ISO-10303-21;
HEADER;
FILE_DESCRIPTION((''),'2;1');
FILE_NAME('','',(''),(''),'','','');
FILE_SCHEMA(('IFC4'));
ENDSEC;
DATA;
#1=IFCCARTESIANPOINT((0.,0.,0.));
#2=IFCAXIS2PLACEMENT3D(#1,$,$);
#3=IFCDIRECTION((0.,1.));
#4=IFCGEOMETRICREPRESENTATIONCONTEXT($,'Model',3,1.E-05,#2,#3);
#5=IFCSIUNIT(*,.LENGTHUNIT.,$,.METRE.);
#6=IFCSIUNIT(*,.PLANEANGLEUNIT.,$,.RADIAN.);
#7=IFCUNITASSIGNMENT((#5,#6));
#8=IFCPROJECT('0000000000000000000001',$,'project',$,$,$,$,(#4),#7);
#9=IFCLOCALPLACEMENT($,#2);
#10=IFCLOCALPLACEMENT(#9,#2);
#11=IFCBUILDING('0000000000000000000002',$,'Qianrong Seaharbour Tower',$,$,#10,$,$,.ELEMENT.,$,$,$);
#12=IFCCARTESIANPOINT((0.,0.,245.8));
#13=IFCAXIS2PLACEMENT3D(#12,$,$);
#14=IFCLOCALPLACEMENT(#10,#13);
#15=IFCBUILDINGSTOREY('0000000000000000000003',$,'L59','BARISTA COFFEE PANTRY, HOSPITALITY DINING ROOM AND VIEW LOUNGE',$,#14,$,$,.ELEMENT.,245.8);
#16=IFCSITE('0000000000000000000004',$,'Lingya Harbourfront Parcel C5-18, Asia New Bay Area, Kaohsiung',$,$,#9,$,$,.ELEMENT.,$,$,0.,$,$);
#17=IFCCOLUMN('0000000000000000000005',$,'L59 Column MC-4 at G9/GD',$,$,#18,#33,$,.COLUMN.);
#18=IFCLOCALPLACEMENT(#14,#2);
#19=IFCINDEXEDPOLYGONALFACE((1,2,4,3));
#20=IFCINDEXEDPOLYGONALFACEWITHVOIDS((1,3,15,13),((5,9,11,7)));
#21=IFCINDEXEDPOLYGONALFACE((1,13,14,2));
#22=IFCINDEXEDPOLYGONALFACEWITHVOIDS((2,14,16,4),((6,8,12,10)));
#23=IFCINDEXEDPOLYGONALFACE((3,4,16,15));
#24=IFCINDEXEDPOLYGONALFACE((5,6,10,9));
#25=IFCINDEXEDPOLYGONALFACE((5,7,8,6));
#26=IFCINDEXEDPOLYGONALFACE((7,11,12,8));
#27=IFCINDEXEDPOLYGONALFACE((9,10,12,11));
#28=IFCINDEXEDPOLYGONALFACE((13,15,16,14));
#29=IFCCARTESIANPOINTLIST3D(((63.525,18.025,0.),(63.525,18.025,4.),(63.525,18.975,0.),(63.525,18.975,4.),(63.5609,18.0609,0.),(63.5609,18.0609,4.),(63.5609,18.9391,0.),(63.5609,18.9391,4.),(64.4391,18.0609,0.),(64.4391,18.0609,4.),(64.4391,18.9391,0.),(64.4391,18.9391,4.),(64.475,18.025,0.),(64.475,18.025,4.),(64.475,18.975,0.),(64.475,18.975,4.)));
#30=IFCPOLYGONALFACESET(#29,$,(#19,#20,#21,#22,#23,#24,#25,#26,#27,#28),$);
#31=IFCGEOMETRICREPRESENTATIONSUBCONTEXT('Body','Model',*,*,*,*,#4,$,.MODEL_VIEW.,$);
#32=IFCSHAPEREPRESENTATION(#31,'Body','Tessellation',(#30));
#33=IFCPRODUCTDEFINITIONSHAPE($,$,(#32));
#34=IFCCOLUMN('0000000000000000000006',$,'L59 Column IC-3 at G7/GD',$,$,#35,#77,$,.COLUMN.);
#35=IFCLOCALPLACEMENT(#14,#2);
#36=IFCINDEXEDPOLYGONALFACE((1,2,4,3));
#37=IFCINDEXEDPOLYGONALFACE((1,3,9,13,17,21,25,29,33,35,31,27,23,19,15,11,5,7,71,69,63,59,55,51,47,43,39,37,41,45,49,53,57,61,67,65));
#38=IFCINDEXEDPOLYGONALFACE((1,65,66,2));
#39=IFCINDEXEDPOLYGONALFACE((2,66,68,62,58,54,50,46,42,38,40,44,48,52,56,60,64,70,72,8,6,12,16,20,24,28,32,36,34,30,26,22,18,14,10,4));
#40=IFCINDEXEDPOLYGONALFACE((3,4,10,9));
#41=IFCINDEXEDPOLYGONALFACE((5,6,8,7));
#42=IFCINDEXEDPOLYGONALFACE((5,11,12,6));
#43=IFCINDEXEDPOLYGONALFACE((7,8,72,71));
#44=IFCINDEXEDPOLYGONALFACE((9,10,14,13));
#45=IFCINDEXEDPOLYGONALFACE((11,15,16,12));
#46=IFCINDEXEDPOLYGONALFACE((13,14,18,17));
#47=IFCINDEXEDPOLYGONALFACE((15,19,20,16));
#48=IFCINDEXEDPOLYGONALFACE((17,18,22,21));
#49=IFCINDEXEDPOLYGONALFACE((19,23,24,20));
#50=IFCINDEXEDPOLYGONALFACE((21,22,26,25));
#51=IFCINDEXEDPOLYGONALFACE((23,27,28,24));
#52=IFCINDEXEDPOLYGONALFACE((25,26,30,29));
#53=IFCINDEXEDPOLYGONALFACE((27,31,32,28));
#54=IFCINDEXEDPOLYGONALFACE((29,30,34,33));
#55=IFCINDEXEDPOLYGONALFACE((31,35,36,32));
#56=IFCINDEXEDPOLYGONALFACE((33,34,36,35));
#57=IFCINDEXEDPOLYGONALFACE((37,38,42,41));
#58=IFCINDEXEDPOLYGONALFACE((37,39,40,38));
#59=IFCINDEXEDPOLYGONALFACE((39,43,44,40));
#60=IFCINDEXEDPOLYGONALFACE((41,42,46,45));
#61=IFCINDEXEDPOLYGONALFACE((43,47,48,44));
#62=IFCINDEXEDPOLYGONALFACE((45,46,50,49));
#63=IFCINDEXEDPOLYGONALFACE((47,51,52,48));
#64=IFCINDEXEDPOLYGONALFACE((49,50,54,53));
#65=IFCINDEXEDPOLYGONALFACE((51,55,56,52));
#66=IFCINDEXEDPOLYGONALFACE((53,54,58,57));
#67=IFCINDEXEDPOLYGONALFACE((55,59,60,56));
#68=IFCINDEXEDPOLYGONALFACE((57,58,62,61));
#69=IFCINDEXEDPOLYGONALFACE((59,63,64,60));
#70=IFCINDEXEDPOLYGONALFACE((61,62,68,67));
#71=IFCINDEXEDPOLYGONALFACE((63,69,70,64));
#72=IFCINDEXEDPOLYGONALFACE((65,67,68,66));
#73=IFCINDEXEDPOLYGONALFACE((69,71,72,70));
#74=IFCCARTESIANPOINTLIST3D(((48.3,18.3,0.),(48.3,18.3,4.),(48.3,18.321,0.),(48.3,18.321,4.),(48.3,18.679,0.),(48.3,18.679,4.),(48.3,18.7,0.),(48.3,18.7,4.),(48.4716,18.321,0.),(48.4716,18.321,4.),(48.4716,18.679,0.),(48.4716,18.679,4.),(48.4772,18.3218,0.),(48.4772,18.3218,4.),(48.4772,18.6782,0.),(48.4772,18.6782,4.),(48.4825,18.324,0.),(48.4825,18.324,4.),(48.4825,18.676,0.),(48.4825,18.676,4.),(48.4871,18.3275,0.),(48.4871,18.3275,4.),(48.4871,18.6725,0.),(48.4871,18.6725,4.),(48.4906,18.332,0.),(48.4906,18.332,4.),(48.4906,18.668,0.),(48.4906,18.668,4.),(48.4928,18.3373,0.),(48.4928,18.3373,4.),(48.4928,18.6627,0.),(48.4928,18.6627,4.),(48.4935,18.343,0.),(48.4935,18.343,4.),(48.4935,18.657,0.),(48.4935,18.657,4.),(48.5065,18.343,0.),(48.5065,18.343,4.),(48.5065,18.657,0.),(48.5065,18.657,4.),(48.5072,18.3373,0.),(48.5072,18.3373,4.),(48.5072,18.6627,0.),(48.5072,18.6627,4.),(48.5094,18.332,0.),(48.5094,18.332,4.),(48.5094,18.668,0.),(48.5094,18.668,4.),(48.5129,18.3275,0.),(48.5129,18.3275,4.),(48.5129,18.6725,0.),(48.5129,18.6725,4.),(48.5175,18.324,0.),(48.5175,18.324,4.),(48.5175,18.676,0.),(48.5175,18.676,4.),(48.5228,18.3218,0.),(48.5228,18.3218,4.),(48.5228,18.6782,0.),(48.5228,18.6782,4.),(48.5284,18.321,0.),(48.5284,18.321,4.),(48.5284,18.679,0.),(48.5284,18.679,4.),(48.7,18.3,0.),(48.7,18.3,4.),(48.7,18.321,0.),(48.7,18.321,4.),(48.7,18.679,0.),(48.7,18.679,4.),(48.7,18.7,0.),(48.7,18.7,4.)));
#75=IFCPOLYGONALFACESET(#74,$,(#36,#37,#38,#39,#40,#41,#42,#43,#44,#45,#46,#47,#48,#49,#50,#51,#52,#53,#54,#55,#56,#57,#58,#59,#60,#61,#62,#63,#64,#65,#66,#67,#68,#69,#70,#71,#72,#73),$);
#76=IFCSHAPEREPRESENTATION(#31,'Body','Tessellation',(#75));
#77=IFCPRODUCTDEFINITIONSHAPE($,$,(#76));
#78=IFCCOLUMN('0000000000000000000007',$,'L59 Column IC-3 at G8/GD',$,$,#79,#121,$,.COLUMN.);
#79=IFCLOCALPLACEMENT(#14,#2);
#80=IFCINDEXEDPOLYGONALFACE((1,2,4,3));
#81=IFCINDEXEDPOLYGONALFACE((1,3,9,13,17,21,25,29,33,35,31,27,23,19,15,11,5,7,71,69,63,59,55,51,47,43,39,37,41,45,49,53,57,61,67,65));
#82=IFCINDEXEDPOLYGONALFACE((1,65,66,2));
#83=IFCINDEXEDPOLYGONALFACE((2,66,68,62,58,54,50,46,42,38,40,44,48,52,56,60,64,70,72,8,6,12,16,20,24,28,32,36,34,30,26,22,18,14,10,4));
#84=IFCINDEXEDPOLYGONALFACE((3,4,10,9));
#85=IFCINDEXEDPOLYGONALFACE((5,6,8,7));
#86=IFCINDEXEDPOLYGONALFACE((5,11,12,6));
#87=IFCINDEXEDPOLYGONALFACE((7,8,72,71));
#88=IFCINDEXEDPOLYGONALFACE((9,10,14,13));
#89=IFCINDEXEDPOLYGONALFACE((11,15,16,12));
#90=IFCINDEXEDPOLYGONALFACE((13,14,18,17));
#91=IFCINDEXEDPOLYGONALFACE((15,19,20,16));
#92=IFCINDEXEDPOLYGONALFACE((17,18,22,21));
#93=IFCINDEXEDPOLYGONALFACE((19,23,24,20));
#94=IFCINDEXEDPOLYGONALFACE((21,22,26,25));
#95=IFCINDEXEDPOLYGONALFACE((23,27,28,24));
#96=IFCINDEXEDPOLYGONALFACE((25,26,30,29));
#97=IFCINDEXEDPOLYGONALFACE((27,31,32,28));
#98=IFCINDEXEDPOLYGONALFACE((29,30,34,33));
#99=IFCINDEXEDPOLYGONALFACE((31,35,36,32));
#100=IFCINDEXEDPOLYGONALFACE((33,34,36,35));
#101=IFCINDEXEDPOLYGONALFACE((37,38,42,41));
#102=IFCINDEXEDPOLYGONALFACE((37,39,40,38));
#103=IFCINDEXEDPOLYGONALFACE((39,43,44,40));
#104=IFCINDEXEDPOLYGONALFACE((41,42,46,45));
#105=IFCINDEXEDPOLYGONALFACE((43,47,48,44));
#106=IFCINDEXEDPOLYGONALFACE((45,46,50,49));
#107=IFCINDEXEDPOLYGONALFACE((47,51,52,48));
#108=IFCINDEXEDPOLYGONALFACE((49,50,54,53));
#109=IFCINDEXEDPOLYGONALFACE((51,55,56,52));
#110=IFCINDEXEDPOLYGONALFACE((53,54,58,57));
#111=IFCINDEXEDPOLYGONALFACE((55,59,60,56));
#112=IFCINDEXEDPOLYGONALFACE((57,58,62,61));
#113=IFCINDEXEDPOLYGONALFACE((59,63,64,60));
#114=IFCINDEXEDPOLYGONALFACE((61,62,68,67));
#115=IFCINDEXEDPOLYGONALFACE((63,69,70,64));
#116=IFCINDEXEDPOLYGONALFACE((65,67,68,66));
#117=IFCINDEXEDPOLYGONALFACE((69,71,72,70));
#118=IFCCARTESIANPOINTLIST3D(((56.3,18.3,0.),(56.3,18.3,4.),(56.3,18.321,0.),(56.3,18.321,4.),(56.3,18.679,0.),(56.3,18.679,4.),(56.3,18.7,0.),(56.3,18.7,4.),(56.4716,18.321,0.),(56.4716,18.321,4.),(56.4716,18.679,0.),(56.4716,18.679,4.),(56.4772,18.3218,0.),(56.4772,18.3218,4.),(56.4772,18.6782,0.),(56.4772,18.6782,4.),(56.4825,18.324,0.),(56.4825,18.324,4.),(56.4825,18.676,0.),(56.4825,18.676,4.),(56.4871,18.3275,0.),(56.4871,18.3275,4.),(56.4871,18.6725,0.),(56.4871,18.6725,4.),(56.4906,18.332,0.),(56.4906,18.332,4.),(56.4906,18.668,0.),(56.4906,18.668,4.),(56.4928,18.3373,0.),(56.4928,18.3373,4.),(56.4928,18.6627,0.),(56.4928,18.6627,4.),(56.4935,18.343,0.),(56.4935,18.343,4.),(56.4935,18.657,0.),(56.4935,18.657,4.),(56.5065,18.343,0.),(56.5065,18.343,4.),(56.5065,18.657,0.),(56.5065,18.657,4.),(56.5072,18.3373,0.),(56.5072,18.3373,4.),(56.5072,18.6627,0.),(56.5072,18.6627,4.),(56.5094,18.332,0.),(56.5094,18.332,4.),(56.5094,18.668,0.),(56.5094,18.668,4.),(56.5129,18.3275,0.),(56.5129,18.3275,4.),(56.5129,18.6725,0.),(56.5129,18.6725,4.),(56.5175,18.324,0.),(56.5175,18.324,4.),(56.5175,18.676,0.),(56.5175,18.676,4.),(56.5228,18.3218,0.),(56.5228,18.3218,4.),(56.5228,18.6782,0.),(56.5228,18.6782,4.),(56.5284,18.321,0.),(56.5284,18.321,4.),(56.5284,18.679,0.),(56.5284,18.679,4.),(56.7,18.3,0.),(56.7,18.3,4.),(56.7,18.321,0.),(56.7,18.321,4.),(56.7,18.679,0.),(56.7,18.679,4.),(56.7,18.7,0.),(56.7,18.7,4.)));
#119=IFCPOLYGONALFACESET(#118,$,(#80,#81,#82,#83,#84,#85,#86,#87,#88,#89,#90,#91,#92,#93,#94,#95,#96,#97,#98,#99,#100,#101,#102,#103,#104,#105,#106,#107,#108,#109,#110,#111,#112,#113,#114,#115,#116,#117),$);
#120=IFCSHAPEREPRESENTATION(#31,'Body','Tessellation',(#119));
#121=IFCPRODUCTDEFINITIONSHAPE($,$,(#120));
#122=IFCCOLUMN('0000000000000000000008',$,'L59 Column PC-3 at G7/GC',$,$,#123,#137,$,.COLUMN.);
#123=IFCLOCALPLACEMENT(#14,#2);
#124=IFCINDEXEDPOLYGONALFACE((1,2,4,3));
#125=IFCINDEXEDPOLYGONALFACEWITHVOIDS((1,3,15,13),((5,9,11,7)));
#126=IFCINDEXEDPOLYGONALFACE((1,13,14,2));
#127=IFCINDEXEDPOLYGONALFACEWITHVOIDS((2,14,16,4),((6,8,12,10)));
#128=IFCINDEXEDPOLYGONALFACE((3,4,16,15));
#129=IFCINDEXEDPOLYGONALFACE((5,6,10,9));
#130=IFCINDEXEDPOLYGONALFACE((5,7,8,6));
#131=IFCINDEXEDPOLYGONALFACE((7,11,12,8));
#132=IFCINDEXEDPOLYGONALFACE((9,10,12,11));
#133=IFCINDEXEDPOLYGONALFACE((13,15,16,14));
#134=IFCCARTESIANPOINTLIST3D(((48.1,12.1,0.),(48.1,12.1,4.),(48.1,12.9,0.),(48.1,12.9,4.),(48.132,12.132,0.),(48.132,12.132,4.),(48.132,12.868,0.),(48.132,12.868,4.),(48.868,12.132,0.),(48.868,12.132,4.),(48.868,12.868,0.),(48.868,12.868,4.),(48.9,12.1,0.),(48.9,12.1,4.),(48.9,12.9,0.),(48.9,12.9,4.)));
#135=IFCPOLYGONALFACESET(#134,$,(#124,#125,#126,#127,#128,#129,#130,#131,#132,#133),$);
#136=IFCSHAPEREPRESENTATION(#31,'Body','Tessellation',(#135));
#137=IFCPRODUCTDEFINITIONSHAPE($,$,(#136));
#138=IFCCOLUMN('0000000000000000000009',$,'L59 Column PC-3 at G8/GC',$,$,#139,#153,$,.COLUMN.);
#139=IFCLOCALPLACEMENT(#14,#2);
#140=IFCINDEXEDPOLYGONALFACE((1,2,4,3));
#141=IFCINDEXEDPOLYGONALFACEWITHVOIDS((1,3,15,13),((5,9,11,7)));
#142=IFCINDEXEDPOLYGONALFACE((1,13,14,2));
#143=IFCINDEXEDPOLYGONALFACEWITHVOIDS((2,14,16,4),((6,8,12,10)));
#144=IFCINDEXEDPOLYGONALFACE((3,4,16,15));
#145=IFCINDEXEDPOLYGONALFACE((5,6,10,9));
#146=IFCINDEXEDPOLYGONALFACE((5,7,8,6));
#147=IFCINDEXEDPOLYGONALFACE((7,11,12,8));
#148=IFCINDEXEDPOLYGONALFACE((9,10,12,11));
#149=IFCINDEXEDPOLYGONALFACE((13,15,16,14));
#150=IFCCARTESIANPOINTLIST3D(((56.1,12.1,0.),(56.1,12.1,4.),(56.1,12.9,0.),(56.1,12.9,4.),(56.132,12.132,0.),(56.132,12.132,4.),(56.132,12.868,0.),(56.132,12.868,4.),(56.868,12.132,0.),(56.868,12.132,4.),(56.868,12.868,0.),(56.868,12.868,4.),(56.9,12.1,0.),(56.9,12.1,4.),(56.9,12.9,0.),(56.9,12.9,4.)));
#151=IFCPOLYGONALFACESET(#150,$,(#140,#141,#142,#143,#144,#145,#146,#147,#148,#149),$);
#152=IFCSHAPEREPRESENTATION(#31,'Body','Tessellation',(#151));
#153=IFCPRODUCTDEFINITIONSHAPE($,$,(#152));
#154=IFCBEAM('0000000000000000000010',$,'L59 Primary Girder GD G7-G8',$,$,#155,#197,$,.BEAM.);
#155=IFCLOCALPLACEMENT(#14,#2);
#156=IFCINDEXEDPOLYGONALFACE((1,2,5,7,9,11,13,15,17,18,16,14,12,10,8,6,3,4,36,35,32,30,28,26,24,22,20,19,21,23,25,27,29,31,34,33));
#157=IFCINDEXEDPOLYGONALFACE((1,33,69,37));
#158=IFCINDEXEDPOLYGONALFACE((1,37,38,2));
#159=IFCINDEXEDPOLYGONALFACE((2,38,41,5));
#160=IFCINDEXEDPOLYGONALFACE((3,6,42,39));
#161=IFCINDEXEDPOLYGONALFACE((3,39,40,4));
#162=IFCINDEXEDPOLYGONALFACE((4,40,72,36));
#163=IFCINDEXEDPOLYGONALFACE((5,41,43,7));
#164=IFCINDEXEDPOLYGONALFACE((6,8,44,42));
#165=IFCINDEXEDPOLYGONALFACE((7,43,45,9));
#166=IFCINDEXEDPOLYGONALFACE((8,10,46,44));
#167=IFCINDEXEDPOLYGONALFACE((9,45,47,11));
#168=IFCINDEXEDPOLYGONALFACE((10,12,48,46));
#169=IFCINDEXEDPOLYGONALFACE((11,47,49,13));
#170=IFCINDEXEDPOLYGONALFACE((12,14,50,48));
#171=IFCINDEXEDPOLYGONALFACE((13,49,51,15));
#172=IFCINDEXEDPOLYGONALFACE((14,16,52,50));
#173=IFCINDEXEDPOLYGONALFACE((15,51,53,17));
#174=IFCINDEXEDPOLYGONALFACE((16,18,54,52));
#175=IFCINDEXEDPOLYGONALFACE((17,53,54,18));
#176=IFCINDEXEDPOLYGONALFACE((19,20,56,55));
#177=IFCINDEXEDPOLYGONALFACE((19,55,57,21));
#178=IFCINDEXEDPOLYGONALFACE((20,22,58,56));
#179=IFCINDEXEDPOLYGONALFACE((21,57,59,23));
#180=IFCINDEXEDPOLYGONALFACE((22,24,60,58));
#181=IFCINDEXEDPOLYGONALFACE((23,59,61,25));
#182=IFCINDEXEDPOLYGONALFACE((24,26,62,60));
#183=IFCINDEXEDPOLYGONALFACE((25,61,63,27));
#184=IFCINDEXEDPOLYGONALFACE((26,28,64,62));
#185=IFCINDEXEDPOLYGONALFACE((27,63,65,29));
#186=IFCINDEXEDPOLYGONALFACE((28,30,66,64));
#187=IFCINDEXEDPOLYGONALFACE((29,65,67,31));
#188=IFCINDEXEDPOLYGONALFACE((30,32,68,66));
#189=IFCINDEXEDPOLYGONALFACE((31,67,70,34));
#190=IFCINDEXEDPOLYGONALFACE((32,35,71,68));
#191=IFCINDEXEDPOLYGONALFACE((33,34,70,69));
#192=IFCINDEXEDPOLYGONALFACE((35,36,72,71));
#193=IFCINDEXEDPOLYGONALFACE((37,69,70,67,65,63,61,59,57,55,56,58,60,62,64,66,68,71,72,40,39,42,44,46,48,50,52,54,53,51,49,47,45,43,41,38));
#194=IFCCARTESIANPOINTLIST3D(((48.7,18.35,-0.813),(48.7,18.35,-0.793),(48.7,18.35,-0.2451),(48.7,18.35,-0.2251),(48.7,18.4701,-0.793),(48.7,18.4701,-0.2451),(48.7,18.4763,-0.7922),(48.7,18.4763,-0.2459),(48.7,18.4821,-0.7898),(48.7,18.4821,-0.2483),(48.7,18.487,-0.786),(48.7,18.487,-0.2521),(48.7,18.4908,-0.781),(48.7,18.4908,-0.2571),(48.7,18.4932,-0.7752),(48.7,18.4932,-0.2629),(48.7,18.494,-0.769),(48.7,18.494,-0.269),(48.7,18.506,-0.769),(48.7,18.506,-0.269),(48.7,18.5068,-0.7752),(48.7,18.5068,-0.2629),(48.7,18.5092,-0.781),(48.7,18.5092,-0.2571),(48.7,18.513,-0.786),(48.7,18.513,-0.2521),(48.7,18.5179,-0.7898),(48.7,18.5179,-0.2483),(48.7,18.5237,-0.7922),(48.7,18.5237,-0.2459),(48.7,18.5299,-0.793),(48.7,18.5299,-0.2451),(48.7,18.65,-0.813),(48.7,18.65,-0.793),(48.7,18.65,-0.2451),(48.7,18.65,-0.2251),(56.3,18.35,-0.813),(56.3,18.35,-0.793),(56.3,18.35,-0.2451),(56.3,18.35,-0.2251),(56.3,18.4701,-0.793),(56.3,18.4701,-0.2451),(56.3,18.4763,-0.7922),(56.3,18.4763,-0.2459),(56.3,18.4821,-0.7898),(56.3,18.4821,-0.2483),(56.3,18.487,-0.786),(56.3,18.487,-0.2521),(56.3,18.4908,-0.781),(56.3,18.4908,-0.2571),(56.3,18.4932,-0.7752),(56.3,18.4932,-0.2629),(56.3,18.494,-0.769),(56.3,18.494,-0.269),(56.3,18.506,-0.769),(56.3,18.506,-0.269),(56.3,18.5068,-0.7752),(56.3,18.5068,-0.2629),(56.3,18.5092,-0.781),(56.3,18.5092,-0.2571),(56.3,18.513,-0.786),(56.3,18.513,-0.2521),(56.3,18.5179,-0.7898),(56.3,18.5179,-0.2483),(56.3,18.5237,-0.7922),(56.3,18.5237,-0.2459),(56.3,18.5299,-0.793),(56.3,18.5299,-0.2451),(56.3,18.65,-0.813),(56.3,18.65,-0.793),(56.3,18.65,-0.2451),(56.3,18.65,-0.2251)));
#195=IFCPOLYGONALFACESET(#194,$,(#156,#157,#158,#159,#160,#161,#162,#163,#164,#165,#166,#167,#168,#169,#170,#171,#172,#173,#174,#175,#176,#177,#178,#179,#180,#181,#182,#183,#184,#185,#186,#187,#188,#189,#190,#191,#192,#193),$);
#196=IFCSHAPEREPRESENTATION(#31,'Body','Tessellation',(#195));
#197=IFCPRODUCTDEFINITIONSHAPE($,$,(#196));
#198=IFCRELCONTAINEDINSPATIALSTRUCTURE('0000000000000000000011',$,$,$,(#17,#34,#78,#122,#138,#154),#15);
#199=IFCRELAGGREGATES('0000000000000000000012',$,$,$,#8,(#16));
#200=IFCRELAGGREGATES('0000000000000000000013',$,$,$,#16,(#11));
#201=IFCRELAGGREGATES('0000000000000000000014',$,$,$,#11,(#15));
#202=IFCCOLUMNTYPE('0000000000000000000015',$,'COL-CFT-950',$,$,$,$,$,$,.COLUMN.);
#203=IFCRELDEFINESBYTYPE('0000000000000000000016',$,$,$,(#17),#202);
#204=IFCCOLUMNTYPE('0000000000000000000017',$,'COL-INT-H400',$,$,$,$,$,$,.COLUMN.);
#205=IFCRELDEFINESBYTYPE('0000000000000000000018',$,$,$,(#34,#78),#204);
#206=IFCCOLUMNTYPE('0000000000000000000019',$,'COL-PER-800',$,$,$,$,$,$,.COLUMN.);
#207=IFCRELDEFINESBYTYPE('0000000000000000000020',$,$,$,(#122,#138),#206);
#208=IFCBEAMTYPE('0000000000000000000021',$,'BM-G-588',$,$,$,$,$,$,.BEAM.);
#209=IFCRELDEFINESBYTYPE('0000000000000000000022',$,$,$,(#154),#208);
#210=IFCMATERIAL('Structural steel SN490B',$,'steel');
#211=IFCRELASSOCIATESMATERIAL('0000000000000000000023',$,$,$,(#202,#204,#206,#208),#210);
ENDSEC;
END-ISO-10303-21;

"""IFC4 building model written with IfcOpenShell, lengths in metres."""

from ifc_helpers import new_model, si_unit, direction, frame, origin, origin_2d, place, context, subcontext, project, spatial, hollow_rectangle, i_section, extrude, material, material_profile, profile_set, type_object, element, save


model = new_model("IFC4")

# Units and contexts
model_context = context("Model", 3, precision=1e-05, world=origin(), true_north=direction((0.0, 1.0)))
body_context = subcontext(model_context, "Body", "Model", "MODEL_VIEW")
ifc_project = project(units=[si_unit("LENGTHUNIT", "METRE"), si_unit("PLANEANGLEUNIT", "RADIAN")], contexts=[model_context])

# Site, building, storey
site_placement = place(None, origin())
site = spatial("IfcSite", under=ifc_project, at=site_placement, Name="Lingya Harbourfront Parcel C5-18, Asia New Bay Area, Kaohsiung", CompositionType="ELEMENT", RefElevation=0.0)
building_placement = place(site_placement, origin())
building = spatial("IfcBuilding", under=site, at=building_placement, Name="Qianrong Seaharbour Tower", CompositionType="ELEMENT")
storey_placement = place(building_placement, frame((0.0, 0.0, 245.8)))
storey = spatial("IfcBuildingStorey", under=building, at=storey_placement, Name="L59", Description="BARISTA COFFEE PANTRY, HOSPITALITY DINING ROOM AND VIEW LOUNGE", CompositionType="ELEMENT", Elevation=245.8)

# Columns
ifc_material_1 = material(Name="Structural steel SN490B", Category="steel")
ifc_material_profile_1 = material_profile(ifc_material_1, hollow_rectangle(XDim=0.95, YDim=0.95, WallThickness=0.0359, at=origin_2d()), Name="BOX950x950x36")
ifc_profile_set_1 = profile_set([ifc_material_profile_1], Name="Structural steel SN490B")
column_type_1 = type_object("IfcColumnType", Name="COL-CFT-950", PredefinedType="COLUMN", material=ifc_profile_set_1)
column_placement = place(storey_placement, frame((64.0, 18.5, 0.0), z_axis=(0.0, 0.0, 1.0), x_axis=(1.0, 0.0, 0.0)))
element("IfcColumn", 1, at=column_placement, inside=storey, type_object=column_type_1, Name="L59 Column MC-4 at G9/GD", PredefinedType="COLUMN", context=body_context, shape_type="SweptSolid", body=[
    extrude(hollow_rectangle(XDim=0.95, YDim=0.95, WallThickness=0.0359, at=origin_2d()), origin(), (0.0, 0.0, 1.0), 4.0),
])
ifc_material_profile_2 = material_profile(ifc_material_1, i_section(OverallWidth=0.3999, OverallDepth=0.3999, WebThickness=0.0129, FlangeThickness=0.021, FilletRadius=0.022, at=origin_2d()), Name="H400x400x13x21")
ifc_profile_set_2 = profile_set([ifc_material_profile_2], Name="Structural steel SN490B")
column_type_2 = type_object("IfcColumnType", Name="COL-INT-H400", PredefinedType="COLUMN", material=ifc_profile_set_2)
for number, where, z_axis, x_axis, name in (
    (2, (48.5, 18.5, 0.0), (0.0, 0.0, 1.0), (1.0, 0.0, 0.0), "L59 Column IC-3 at G7/GD"),
    (3, (56.5, 18.5, 0.0), (0.0, 0.0, 1.0), (1.0, 0.0, 0.0), "L59 Column IC-3 at G8/GD"),
):
    element("IfcColumn", number, at=place(storey_placement, frame(where, z_axis=z_axis, x_axis=x_axis)), inside=storey, type_object=column_type_2, Name=name, PredefinedType="COLUMN", context=body_context, shape_type="SweptSolid", body=[
        extrude(i_section(OverallWidth=0.3999, OverallDepth=0.3999, WebThickness=0.0129, FlangeThickness=0.021, FilletRadius=0.022, at=origin_2d()), origin(), (0.0, 0.0, 1.0), 4.0),
    ])
ifc_material_profile_3 = material_profile(ifc_material_1, hollow_rectangle(XDim=0.8, YDim=0.8, WallThickness=0.032, at=origin_2d()), Name="BOX800x800x32")
ifc_profile_set_3 = profile_set([ifc_material_profile_3], Name="Structural steel SN490B")
column_type_3 = type_object("IfcColumnType", Name="COL-PER-800", PredefinedType="COLUMN", material=ifc_profile_set_3)
for number, where, z_axis, x_axis, name in (
    (4, (48.5, 12.5, 0.0), (0.0, 0.0, 1.0), (1.0, 0.0, 0.0), "L59 Column PC-3 at G7/GC"),
    (5, (56.5, 12.5, 0.0), (0.0, 0.0, 1.0), (1.0, 0.0, 0.0), "L59 Column PC-3 at G8/GC"),
):
    element("IfcColumn", number, at=place(storey_placement, frame(where, z_axis=z_axis, x_axis=x_axis)), inside=storey, type_object=column_type_3, Name=name, PredefinedType="COLUMN", context=body_context, shape_type="SweptSolid", body=[
        extrude(hollow_rectangle(XDim=0.8, YDim=0.8, WallThickness=0.032, at=origin_2d()), origin(), (0.0, 0.0, 1.0), 4.0),
    ])

# Beam
ifc_material_profile_4 = material_profile(ifc_material_1, i_section(OverallWidth=0.3, OverallDepth=0.5879, WebThickness=0.012, FlangeThickness=0.02, FilletRadius=0.0239, at=origin_2d()), Name="H588x300x12x20")
ifc_profile_set_4 = profile_set([ifc_material_profile_4], Name="Structural steel SN490B")
beam_type_1 = type_object("IfcBeamType", Name="BM-G-588", PredefinedType="BEAM", material=ifc_profile_set_4)
beam_1_placement = place(storey_placement, frame((48.7, 18.5, -0.519), z_axis=(1.0, 0.0, 0.0), x_axis=(0.0, 1.0, 0.0)))
element("IfcBeam", 6, at=beam_1_placement, inside=storey, type_object=beam_type_1, Name="L59 Primary Girder GD G7-G8", PredefinedType="BEAM", context=body_context, shape_type="SweptSolid", body=[
    extrude(i_section(OverallWidth=0.3, OverallDepth=0.5879, WebThickness=0.012, FlangeThickness=0.02, FilletRadius=0.0239, at=origin_2d()), origin(), (0.0, 0.0, 1.0), 7.6001),
])

save(model, "model.ifc")
